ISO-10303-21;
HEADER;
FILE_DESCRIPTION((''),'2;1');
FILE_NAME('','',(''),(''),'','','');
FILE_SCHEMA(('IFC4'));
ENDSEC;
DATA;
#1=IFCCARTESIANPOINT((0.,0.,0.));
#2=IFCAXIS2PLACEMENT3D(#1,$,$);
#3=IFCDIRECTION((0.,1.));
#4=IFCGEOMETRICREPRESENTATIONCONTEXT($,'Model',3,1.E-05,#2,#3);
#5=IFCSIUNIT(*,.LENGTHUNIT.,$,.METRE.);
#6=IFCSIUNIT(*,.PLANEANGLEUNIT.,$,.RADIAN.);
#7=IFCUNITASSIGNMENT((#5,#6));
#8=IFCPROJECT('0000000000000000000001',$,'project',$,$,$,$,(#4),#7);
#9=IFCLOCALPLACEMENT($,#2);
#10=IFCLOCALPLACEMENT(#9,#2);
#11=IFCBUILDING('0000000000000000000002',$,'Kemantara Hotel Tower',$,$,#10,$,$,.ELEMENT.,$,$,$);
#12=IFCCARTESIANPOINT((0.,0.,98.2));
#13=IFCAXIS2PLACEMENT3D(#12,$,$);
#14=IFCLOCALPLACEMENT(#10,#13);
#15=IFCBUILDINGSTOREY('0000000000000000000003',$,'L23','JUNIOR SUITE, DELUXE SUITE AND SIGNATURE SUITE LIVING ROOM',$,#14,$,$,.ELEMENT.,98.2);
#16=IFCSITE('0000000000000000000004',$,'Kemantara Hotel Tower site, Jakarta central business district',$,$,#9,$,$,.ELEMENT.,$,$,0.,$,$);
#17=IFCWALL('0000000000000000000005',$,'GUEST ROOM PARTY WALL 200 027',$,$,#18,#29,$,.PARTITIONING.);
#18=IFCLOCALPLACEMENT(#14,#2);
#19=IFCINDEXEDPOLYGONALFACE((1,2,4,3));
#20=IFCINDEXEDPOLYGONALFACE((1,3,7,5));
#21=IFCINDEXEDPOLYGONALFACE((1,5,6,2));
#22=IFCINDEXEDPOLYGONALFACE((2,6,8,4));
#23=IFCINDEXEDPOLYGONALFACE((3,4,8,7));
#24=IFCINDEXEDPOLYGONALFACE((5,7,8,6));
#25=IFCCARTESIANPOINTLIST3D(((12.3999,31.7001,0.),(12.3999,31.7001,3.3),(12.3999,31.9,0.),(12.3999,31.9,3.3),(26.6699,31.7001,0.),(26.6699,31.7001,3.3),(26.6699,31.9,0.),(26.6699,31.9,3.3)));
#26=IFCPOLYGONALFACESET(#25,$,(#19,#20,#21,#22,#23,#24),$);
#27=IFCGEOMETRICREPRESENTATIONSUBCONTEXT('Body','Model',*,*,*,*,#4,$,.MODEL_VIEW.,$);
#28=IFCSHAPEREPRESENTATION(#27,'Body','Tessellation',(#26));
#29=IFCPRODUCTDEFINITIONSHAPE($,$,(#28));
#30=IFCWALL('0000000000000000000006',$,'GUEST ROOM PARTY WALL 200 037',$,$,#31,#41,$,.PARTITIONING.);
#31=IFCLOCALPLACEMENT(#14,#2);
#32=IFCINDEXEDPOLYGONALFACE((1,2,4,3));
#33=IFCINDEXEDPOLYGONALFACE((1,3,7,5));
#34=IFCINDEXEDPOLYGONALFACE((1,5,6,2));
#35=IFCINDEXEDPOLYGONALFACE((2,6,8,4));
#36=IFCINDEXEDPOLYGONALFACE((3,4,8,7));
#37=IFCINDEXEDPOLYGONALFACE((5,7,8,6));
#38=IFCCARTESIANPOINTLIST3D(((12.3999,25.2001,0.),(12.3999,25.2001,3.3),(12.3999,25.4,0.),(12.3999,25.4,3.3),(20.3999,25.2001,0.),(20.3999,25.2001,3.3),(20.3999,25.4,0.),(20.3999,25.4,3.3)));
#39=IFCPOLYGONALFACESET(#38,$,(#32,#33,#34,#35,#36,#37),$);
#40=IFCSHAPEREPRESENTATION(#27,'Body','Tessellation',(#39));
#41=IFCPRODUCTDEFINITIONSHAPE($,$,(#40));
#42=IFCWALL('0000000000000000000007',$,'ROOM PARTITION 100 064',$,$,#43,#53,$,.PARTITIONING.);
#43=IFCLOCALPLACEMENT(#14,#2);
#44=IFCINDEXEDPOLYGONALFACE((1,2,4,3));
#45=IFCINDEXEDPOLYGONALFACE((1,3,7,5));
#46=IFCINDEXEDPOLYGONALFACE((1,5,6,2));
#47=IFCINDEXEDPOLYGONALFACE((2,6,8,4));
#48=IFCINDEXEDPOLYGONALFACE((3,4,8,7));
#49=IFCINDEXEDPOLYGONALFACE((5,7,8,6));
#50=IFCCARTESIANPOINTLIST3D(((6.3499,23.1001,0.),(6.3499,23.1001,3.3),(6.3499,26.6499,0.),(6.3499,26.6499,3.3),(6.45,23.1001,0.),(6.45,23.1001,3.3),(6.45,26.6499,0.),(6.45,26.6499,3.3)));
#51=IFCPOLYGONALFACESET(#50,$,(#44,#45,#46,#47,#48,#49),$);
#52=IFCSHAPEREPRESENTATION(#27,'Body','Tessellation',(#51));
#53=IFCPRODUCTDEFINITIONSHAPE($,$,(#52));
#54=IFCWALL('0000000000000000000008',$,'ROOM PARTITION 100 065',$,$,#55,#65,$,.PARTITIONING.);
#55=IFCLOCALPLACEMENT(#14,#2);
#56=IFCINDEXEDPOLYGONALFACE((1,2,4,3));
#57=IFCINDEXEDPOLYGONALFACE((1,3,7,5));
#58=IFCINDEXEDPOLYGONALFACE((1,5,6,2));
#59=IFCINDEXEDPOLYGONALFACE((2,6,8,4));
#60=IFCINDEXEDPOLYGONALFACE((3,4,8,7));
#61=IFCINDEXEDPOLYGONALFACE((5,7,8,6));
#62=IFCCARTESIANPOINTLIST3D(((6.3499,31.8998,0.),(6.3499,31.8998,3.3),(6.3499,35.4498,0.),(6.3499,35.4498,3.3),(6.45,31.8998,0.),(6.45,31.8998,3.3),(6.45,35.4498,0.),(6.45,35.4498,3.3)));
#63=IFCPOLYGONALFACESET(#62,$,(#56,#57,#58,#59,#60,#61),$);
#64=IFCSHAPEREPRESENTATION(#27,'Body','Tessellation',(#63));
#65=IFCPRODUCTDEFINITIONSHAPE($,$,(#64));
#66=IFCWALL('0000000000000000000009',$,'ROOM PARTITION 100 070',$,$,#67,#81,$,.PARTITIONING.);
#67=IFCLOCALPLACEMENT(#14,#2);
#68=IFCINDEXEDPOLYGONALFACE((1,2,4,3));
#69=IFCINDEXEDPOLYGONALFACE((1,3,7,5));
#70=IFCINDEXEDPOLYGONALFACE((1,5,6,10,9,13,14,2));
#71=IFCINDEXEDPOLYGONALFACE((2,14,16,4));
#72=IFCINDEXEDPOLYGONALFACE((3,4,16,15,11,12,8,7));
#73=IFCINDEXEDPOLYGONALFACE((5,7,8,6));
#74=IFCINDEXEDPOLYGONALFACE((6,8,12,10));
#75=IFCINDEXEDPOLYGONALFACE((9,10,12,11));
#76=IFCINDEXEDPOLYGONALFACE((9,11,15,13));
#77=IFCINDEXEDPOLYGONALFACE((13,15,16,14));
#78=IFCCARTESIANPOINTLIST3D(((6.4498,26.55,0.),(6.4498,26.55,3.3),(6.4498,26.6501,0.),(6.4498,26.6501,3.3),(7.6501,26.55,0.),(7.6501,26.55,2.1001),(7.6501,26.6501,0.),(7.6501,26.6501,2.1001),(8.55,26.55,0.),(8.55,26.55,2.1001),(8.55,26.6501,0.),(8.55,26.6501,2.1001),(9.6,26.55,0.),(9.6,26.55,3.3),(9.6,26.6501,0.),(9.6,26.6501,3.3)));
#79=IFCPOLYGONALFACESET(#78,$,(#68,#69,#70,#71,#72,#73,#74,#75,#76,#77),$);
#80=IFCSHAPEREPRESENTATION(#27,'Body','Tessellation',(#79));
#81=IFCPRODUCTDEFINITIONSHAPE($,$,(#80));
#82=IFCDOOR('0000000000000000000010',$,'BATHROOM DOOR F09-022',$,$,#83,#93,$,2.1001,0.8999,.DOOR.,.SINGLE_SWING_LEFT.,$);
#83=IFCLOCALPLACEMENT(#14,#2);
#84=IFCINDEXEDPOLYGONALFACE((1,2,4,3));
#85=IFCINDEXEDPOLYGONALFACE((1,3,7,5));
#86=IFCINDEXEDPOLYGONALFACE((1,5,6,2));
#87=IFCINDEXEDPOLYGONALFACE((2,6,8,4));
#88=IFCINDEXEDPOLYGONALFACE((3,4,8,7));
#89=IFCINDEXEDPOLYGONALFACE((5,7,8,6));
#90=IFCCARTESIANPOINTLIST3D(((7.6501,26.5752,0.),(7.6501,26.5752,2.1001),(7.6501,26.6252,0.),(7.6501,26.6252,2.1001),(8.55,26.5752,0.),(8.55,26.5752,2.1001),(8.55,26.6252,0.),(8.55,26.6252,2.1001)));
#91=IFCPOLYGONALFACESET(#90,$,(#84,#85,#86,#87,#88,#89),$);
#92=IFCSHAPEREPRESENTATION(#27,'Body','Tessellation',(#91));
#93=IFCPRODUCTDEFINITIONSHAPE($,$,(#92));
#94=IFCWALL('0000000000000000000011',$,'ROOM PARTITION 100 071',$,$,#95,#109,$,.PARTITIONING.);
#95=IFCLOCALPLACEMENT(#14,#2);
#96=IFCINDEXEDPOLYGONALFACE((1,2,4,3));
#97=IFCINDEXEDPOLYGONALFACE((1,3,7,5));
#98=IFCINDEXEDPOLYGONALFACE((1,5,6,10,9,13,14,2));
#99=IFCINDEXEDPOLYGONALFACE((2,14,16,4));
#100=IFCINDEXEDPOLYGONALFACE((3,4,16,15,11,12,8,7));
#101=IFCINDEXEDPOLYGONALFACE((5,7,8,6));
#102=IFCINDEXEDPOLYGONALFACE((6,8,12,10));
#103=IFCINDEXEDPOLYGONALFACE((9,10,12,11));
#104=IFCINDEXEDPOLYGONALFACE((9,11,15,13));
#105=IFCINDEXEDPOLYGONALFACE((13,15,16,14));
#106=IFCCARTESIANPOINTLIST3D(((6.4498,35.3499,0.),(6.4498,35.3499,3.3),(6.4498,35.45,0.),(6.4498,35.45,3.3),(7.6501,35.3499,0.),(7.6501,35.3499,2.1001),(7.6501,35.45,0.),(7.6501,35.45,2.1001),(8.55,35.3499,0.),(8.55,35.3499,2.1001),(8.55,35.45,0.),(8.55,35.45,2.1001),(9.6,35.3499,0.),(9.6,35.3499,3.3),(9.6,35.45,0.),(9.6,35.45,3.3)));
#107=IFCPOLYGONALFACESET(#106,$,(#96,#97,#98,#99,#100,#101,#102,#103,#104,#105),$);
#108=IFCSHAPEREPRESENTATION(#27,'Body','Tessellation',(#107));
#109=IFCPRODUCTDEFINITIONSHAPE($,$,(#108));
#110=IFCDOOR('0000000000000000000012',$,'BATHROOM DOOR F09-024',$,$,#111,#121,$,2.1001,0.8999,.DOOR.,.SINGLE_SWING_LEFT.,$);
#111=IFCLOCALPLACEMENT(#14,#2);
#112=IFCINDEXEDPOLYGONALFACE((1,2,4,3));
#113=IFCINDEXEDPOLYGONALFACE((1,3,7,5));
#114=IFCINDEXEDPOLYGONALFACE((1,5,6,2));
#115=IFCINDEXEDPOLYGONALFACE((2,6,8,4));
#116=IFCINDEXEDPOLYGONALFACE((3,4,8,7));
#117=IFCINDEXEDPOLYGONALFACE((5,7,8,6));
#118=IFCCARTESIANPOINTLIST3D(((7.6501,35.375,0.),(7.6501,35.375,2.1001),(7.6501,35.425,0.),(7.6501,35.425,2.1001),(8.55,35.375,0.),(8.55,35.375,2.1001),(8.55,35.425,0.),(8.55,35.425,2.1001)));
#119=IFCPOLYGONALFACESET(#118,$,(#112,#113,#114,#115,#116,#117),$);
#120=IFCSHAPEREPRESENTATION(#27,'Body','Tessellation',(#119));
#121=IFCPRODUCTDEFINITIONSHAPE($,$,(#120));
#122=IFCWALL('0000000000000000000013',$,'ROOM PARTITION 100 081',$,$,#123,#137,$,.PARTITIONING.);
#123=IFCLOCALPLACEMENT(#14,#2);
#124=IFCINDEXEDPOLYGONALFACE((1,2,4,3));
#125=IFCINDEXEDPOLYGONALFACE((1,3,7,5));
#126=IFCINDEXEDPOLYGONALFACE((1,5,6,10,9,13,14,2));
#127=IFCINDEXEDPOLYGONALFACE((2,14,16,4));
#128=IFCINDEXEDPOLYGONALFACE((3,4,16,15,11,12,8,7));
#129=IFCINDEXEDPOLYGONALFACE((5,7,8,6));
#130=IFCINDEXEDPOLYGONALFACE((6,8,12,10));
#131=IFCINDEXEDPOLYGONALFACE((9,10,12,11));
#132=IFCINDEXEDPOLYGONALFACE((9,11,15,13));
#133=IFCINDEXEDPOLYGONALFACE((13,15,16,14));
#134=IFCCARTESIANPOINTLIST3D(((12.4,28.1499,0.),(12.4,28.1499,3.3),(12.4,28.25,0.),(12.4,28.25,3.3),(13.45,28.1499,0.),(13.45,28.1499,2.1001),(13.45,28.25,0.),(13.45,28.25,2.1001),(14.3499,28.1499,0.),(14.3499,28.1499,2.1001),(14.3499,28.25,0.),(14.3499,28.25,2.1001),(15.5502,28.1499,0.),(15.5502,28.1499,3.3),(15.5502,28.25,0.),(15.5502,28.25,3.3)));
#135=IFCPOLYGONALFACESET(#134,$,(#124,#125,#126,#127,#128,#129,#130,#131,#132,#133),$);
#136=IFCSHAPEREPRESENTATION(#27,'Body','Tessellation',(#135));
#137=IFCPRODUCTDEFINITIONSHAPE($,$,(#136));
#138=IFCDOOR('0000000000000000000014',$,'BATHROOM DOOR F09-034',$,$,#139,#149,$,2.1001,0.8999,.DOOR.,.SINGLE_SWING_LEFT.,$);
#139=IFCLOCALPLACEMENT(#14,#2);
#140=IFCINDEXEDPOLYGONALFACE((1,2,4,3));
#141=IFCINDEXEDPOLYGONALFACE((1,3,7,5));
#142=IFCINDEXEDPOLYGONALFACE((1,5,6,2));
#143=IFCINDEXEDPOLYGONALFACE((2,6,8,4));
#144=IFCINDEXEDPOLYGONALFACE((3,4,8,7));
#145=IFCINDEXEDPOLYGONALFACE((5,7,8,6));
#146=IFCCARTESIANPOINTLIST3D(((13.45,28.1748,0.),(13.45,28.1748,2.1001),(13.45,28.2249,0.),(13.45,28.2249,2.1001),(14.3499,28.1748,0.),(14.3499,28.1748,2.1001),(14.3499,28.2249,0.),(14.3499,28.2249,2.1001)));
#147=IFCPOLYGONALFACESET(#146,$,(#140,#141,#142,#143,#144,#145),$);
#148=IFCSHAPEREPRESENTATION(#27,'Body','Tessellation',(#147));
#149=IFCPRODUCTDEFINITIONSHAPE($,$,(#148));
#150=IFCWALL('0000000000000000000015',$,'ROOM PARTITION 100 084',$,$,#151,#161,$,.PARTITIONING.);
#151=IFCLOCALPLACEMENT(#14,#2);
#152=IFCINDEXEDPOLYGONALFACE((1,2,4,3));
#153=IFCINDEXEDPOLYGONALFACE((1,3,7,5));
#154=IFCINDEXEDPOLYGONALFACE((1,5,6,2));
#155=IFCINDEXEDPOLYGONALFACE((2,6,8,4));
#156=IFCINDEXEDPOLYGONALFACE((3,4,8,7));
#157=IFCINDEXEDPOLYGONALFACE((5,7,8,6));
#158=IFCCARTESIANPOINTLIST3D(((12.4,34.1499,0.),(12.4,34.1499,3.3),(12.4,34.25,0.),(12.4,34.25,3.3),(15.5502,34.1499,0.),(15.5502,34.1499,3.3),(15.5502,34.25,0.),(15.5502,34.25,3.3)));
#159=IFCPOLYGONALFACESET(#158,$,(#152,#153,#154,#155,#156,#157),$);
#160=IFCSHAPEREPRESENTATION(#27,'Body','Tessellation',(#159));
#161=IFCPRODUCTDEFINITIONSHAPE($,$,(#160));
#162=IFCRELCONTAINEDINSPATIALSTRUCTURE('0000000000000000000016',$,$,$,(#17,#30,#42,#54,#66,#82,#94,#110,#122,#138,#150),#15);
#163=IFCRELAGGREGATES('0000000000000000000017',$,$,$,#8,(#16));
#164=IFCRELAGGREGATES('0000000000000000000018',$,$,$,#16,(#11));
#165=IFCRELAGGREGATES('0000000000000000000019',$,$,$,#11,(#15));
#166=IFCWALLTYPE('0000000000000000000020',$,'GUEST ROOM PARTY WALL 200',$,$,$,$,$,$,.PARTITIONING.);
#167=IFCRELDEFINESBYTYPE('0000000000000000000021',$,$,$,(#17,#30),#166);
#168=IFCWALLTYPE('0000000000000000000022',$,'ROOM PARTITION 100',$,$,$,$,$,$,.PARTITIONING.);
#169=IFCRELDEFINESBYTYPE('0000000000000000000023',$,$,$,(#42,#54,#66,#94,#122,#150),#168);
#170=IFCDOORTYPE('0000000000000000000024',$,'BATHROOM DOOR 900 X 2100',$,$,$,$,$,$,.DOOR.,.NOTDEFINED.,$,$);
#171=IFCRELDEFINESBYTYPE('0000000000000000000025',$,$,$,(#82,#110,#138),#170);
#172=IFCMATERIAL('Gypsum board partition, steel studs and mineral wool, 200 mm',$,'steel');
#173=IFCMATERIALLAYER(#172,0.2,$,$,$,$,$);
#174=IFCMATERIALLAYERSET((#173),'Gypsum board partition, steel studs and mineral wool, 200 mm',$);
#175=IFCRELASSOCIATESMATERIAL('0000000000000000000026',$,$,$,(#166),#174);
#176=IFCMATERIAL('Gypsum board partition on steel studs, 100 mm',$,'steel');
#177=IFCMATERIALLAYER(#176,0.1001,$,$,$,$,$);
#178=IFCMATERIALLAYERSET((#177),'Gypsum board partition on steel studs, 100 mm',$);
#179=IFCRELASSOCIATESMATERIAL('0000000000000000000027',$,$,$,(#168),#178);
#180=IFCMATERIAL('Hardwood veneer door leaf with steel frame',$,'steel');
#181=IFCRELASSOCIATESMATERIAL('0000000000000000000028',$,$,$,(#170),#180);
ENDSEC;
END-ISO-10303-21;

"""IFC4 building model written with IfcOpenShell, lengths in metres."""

from ifc_helpers import new_model, si_unit, direction, frame, frame_2d, origin, place, context, subcontext, project, spatial, rectangle, extrude, material, layer, layer_set, type_object, element, fill, save


model = new_model("IFC4")

# Units and contexts
model_context = context("Model", 3, precision=1e-05, world=origin(), true_north=direction((0.0, 1.0)))
body_context = subcontext(model_context, "Body", "Model", "MODEL_VIEW")
ifc_project = project(units=[si_unit("LENGTHUNIT", "METRE"), si_unit("PLANEANGLEUNIT", "RADIAN")], contexts=[model_context])

# Site, building, storey
site_placement = place(None, origin())
site = spatial("IfcSite", under=ifc_project, at=site_placement, Name="Kemantara Hotel Tower site, Jakarta central business district", CompositionType="ELEMENT", RefElevation=0.0)
building_placement = place(site_placement, origin())
building = spatial("IfcBuilding", under=site, at=building_placement, Name="Kemantara Hotel Tower", CompositionType="ELEMENT")
storey_placement = place(building_placement, frame((0.0, 0.0, 98.2)))
storey = spatial("IfcBuildingStorey", under=building, at=storey_placement, Name="L23", Description="JUNIOR SUITE, DELUXE SUITE AND SIGNATURE SUITE LIVING ROOM", CompositionType="ELEMENT", Elevation=98.2)

# Shared definitions
ifc_material_1 = material(Name="Gypsum board partition, steel studs and mineral wool, 200 mm", Category="steel")
ifc_material_2 = material(Name="Hardwood veneer door leaf with steel frame", Category="steel")

# Walls
ifc_layer_1 = layer(ifc_material_1, 0.2)
ifc_layer_set_1 = layer_set([ifc_layer_1], Name="Gypsum board partition, steel studs and mineral wool, 200 mm")
wall_type_1 = type_object("IfcWallType", Name="GUEST ROOM PARTY WALL 200", PredefinedType="PARTITIONING", material=ifc_layer_set_1)
wall_1_placement = place(storey_placement, frame((12.3999, 31.8, 0.0), z_axis=(0.0, 0.0, 1.0), x_axis=(1.0, 0.0, 0.0)))
element("IfcWall", 1, at=wall_1_placement, inside=storey, type_object=wall_type_1, Name="GUEST ROOM PARTY WALL 200 027", PredefinedType="PARTITIONING", context=body_context, shape_type="SweptSolid", body=[
    extrude(rectangle(XDim=14.27, YDim=0.2, at=frame_2d((7.135, 0.0))), origin(), (0.0, 0.0, 1.0), 3.3),
])
wall_2_placement = place(storey_placement, frame((12.3999, 25.3, 0.0), z_axis=(0.0, 0.0, 1.0), x_axis=(1.0, 0.0, 0.0)))
element("IfcWall", 2, at=wall_2_placement, inside=storey, type_object=wall_type_1, Name="GUEST ROOM PARTY WALL 200 037", PredefinedType="PARTITIONING", context=body_context, shape_type="SweptSolid", body=[
    extrude(rectangle(XDim=8.0, YDim=0.2, at=frame_2d((4.0, 0.0))), origin(), (0.0, 0.0, 1.0), 3.3),
])
ifc_material_3 = material(Name="Gypsum board partition on steel studs, 100 mm", Category="steel")
ifc_layer_2 = layer(ifc_material_3, 0.1001)
ifc_layer_set_2 = layer_set([ifc_layer_2], Name="Gypsum board partition on steel studs, 100 mm")
wall_type_2 = type_object("IfcWallType", Name="ROOM PARTITION 100", PredefinedType="PARTITIONING", material=ifc_layer_set_2)
wall_3_placement = place(storey_placement, frame((6.3999, 23.1001, 0.0), z_axis=(0.0, 0.0, 1.0), x_axis=(0.0, 1.0, 0.0)))
element("IfcWall", 3, at=wall_3_placement, inside=storey, type_object=wall_type_2, Name="ROOM PARTITION 100 064", PredefinedType="PARTITIONING", context=body_context, shape_type="SweptSolid", body=[
    extrude(rectangle(XDim=3.5498, YDim=0.1001, at=frame_2d((1.7749, 0.0))), origin(), (0.0, 0.0, 1.0), 3.3),
])
wall_4_placement = place(storey_placement, frame((6.3999, 31.8999, 0.0), z_axis=(0.0, 0.0, 1.0), x_axis=(0.0, 1.0, 0.0)))
element("IfcWall", 4, at=wall_4_placement, inside=storey, type_object=wall_type_2, Name="ROOM PARTITION 100 065", PredefinedType="PARTITIONING", context=body_context, shape_type="SweptSolid", body=[
    extrude(rectangle(XDim=3.55, YDim=0.1001, at=frame_2d((1.7749, 0.0))), origin(), (0.0, 0.0, 1.0), 3.3),
])

# Walls, openings, doors
wall_5_placement = place(storey_placement, frame((9.6001, 26.6001, 0.0), z_axis=(0.0, 0.0, 1.0), x_axis=(-1.0, 0.0, 0.0)))
wall_5 = element("IfcWall", 5, at=wall_5_placement, inside=storey, type_object=wall_type_2, Name="ROOM PARTITION 100 070", PredefinedType="PARTITIONING", context=body_context, shape_type="SweptSolid", body=[
    extrude(rectangle(XDim=3.1501, YDim=0.1001, at=frame_2d((1.5752, 0.0))), origin(), (0.0, 0.0, 1.0), 3.3),
])
opening_1_placement = place(wall_5_placement, frame((1.05, 0.0, 0.0)))
opening_1 = element("IfcOpeningElement", 6, at=opening_1_placement, cuts=wall_5, PredefinedType="OPENING", context=body_context, shape_type="SweptSolid", body=[
    extrude(rectangle(XDim=0.8999, YDim=2.1001, at=frame_2d((0.45, 1.05))), frame((0.0, 0.0601, 0.0), z_axis=(0.0, -1.0, 0.0), x_axis=(1.0, 0.0, 0.0)), (0.0, 0.0, 1.0), 0.1201),
])
door_type_1 = type_object("IfcDoorType", Name="BATHROOM DOOR 900 X 2100", OperationType="NOTDEFINED", PredefinedType="DOOR", material=ifc_material_2)
door_1_placement = place(opening_1_placement, origin())
door_1 = element("IfcDoor", 7, at=door_1_placement, inside=storey, type_object=door_type_1, Name="BATHROOM DOOR F09-022", OperationType="SINGLE_SWING_LEFT", OverallHeight=2.1001, OverallWidth=0.8999, PredefinedType="DOOR", context=body_context, shape_type="SweptSolid", body=[
    extrude(rectangle(XDim=0.8999, YDim=2.1001, at=frame_2d((0.45, 1.05))), frame((0.0, 0.0249, 0.0), z_axis=(0.0, -1.0, 0.0), x_axis=(1.0, 0.0, 0.0)), (0.0, 0.0, 1.0), 0.05),
])
fill(opening_1, door_1)
wall_6_placement = place(storey_placement, frame((9.6001, 35.3999, 0.0), z_axis=(0.0, 0.0, 1.0), x_axis=(-1.0, 0.0, 0.0)))
wall_6 = element("IfcWall", 8, at=wall_6_placement, inside=storey, type_object=wall_type_2, Name="ROOM PARTITION 100 071", PredefinedType="PARTITIONING", context=body_context, shape_type="SweptSolid", body=[
    extrude(rectangle(XDim=3.1501, YDim=0.1001, at=frame_2d((1.5752, 0.0))), origin(), (0.0, 0.0, 1.0), 3.3),
])
opening_2_placement = place(wall_6_placement, frame((1.05, 0.0, 0.0)))
opening_2 = element("IfcOpeningElement", 9, at=opening_2_placement, cuts=wall_6, PredefinedType="OPENING", context=body_context, shape_type="SweptSolid", body=[
    extrude(rectangle(XDim=0.8999, YDim=2.1001, at=frame_2d((0.45, 1.05))), frame((0.0, 0.0601, 0.0), z_axis=(0.0, -1.0, 0.0), x_axis=(1.0, 0.0, 0.0)), (0.0, 0.0, 1.0), 0.1201),
])
door_2_placement = place(opening_2_placement, origin())
door_2 = element("IfcDoor", 10, at=door_2_placement, inside=storey, type_object=door_type_1, Name="BATHROOM DOOR F09-024", OperationType="SINGLE_SWING_LEFT", OverallHeight=2.1001, OverallWidth=0.8999, PredefinedType="DOOR", context=body_context, shape_type="SweptSolid", body=[
    extrude(rectangle(XDim=0.8999, YDim=2.1001, at=frame_2d((0.45, 1.05))), frame((0.0, 0.0249, 0.0), z_axis=(0.0, -1.0, 0.0), x_axis=(1.0, 0.0, 0.0)), (0.0, 0.0, 1.0), 0.05),
])
fill(opening_2, door_2)
wall_7_placement = place(storey_placement, frame((12.3999, 28.2, 0.0), z_axis=(0.0, 0.0, 1.0), x_axis=(1.0, 0.0, 0.0)))
wall_7 = element("IfcWall", 11, at=wall_7_placement, inside=storey, type_object=wall_type_2, Name="ROOM PARTITION 100 081", PredefinedType="PARTITIONING", context=body_context, shape_type="SweptSolid", body=[
    extrude(rectangle(XDim=3.1501, YDim=0.1001, at=frame_2d((1.5752, 0.0))), origin(), (0.0, 0.0, 1.0), 3.3),
])
opening_3_placement = place(wall_7_placement, frame((1.05, 0.0, 0.0)))
opening_3 = element("IfcOpeningElement", 12, at=opening_3_placement, cuts=wall_7, PredefinedType="OPENING", context=body_context, shape_type="SweptSolid", body=[
    extrude(rectangle(XDim=0.8999, YDim=2.1001, at=frame_2d((0.45, 1.05))), frame((0.0, 0.0601, 0.0), z_axis=(0.0, -1.0, 0.0), x_axis=(1.0, 0.0, 0.0)), (0.0, 0.0, 1.0), 0.1201),
])
door_3_placement = place(opening_3_placement, origin())
door_3 = element("IfcDoor", 13, at=door_3_placement, inside=storey, type_object=door_type_1, Name="BATHROOM DOOR F09-034", OperationType="SINGLE_SWING_LEFT", OverallHeight=2.1001, OverallWidth=0.8999, PredefinedType="DOOR", context=body_context, shape_type="SweptSolid", body=[
    extrude(rectangle(XDim=0.8999, YDim=2.1001, at=frame_2d((0.45, 1.05))), frame((0.0, 0.0249, 0.0), z_axis=(0.0, -1.0, 0.0), x_axis=(1.0, 0.0, 0.0)), (0.0, 0.0, 1.0), 0.05),
])
fill(opening_3, door_3)

# Wall
wall_8_placement = place(storey_placement, frame((12.3999, 34.2, 0.0), z_axis=(0.0, 0.0, 1.0), x_axis=(1.0, 0.0, 0.0)))
element("IfcWall", 14, at=wall_8_placement, inside=storey, type_object=wall_type_2, Name="ROOM PARTITION 100 084", PredefinedType="PARTITIONING", context=body_context, shape_type="SweptSolid", body=[
    extrude(rectangle(XDim=3.1501, YDim=0.1001, at=frame_2d((1.5752, 0.0))), origin(), (0.0, 0.0, 1.0), 3.3),
])

save(model, "model.ifc")
